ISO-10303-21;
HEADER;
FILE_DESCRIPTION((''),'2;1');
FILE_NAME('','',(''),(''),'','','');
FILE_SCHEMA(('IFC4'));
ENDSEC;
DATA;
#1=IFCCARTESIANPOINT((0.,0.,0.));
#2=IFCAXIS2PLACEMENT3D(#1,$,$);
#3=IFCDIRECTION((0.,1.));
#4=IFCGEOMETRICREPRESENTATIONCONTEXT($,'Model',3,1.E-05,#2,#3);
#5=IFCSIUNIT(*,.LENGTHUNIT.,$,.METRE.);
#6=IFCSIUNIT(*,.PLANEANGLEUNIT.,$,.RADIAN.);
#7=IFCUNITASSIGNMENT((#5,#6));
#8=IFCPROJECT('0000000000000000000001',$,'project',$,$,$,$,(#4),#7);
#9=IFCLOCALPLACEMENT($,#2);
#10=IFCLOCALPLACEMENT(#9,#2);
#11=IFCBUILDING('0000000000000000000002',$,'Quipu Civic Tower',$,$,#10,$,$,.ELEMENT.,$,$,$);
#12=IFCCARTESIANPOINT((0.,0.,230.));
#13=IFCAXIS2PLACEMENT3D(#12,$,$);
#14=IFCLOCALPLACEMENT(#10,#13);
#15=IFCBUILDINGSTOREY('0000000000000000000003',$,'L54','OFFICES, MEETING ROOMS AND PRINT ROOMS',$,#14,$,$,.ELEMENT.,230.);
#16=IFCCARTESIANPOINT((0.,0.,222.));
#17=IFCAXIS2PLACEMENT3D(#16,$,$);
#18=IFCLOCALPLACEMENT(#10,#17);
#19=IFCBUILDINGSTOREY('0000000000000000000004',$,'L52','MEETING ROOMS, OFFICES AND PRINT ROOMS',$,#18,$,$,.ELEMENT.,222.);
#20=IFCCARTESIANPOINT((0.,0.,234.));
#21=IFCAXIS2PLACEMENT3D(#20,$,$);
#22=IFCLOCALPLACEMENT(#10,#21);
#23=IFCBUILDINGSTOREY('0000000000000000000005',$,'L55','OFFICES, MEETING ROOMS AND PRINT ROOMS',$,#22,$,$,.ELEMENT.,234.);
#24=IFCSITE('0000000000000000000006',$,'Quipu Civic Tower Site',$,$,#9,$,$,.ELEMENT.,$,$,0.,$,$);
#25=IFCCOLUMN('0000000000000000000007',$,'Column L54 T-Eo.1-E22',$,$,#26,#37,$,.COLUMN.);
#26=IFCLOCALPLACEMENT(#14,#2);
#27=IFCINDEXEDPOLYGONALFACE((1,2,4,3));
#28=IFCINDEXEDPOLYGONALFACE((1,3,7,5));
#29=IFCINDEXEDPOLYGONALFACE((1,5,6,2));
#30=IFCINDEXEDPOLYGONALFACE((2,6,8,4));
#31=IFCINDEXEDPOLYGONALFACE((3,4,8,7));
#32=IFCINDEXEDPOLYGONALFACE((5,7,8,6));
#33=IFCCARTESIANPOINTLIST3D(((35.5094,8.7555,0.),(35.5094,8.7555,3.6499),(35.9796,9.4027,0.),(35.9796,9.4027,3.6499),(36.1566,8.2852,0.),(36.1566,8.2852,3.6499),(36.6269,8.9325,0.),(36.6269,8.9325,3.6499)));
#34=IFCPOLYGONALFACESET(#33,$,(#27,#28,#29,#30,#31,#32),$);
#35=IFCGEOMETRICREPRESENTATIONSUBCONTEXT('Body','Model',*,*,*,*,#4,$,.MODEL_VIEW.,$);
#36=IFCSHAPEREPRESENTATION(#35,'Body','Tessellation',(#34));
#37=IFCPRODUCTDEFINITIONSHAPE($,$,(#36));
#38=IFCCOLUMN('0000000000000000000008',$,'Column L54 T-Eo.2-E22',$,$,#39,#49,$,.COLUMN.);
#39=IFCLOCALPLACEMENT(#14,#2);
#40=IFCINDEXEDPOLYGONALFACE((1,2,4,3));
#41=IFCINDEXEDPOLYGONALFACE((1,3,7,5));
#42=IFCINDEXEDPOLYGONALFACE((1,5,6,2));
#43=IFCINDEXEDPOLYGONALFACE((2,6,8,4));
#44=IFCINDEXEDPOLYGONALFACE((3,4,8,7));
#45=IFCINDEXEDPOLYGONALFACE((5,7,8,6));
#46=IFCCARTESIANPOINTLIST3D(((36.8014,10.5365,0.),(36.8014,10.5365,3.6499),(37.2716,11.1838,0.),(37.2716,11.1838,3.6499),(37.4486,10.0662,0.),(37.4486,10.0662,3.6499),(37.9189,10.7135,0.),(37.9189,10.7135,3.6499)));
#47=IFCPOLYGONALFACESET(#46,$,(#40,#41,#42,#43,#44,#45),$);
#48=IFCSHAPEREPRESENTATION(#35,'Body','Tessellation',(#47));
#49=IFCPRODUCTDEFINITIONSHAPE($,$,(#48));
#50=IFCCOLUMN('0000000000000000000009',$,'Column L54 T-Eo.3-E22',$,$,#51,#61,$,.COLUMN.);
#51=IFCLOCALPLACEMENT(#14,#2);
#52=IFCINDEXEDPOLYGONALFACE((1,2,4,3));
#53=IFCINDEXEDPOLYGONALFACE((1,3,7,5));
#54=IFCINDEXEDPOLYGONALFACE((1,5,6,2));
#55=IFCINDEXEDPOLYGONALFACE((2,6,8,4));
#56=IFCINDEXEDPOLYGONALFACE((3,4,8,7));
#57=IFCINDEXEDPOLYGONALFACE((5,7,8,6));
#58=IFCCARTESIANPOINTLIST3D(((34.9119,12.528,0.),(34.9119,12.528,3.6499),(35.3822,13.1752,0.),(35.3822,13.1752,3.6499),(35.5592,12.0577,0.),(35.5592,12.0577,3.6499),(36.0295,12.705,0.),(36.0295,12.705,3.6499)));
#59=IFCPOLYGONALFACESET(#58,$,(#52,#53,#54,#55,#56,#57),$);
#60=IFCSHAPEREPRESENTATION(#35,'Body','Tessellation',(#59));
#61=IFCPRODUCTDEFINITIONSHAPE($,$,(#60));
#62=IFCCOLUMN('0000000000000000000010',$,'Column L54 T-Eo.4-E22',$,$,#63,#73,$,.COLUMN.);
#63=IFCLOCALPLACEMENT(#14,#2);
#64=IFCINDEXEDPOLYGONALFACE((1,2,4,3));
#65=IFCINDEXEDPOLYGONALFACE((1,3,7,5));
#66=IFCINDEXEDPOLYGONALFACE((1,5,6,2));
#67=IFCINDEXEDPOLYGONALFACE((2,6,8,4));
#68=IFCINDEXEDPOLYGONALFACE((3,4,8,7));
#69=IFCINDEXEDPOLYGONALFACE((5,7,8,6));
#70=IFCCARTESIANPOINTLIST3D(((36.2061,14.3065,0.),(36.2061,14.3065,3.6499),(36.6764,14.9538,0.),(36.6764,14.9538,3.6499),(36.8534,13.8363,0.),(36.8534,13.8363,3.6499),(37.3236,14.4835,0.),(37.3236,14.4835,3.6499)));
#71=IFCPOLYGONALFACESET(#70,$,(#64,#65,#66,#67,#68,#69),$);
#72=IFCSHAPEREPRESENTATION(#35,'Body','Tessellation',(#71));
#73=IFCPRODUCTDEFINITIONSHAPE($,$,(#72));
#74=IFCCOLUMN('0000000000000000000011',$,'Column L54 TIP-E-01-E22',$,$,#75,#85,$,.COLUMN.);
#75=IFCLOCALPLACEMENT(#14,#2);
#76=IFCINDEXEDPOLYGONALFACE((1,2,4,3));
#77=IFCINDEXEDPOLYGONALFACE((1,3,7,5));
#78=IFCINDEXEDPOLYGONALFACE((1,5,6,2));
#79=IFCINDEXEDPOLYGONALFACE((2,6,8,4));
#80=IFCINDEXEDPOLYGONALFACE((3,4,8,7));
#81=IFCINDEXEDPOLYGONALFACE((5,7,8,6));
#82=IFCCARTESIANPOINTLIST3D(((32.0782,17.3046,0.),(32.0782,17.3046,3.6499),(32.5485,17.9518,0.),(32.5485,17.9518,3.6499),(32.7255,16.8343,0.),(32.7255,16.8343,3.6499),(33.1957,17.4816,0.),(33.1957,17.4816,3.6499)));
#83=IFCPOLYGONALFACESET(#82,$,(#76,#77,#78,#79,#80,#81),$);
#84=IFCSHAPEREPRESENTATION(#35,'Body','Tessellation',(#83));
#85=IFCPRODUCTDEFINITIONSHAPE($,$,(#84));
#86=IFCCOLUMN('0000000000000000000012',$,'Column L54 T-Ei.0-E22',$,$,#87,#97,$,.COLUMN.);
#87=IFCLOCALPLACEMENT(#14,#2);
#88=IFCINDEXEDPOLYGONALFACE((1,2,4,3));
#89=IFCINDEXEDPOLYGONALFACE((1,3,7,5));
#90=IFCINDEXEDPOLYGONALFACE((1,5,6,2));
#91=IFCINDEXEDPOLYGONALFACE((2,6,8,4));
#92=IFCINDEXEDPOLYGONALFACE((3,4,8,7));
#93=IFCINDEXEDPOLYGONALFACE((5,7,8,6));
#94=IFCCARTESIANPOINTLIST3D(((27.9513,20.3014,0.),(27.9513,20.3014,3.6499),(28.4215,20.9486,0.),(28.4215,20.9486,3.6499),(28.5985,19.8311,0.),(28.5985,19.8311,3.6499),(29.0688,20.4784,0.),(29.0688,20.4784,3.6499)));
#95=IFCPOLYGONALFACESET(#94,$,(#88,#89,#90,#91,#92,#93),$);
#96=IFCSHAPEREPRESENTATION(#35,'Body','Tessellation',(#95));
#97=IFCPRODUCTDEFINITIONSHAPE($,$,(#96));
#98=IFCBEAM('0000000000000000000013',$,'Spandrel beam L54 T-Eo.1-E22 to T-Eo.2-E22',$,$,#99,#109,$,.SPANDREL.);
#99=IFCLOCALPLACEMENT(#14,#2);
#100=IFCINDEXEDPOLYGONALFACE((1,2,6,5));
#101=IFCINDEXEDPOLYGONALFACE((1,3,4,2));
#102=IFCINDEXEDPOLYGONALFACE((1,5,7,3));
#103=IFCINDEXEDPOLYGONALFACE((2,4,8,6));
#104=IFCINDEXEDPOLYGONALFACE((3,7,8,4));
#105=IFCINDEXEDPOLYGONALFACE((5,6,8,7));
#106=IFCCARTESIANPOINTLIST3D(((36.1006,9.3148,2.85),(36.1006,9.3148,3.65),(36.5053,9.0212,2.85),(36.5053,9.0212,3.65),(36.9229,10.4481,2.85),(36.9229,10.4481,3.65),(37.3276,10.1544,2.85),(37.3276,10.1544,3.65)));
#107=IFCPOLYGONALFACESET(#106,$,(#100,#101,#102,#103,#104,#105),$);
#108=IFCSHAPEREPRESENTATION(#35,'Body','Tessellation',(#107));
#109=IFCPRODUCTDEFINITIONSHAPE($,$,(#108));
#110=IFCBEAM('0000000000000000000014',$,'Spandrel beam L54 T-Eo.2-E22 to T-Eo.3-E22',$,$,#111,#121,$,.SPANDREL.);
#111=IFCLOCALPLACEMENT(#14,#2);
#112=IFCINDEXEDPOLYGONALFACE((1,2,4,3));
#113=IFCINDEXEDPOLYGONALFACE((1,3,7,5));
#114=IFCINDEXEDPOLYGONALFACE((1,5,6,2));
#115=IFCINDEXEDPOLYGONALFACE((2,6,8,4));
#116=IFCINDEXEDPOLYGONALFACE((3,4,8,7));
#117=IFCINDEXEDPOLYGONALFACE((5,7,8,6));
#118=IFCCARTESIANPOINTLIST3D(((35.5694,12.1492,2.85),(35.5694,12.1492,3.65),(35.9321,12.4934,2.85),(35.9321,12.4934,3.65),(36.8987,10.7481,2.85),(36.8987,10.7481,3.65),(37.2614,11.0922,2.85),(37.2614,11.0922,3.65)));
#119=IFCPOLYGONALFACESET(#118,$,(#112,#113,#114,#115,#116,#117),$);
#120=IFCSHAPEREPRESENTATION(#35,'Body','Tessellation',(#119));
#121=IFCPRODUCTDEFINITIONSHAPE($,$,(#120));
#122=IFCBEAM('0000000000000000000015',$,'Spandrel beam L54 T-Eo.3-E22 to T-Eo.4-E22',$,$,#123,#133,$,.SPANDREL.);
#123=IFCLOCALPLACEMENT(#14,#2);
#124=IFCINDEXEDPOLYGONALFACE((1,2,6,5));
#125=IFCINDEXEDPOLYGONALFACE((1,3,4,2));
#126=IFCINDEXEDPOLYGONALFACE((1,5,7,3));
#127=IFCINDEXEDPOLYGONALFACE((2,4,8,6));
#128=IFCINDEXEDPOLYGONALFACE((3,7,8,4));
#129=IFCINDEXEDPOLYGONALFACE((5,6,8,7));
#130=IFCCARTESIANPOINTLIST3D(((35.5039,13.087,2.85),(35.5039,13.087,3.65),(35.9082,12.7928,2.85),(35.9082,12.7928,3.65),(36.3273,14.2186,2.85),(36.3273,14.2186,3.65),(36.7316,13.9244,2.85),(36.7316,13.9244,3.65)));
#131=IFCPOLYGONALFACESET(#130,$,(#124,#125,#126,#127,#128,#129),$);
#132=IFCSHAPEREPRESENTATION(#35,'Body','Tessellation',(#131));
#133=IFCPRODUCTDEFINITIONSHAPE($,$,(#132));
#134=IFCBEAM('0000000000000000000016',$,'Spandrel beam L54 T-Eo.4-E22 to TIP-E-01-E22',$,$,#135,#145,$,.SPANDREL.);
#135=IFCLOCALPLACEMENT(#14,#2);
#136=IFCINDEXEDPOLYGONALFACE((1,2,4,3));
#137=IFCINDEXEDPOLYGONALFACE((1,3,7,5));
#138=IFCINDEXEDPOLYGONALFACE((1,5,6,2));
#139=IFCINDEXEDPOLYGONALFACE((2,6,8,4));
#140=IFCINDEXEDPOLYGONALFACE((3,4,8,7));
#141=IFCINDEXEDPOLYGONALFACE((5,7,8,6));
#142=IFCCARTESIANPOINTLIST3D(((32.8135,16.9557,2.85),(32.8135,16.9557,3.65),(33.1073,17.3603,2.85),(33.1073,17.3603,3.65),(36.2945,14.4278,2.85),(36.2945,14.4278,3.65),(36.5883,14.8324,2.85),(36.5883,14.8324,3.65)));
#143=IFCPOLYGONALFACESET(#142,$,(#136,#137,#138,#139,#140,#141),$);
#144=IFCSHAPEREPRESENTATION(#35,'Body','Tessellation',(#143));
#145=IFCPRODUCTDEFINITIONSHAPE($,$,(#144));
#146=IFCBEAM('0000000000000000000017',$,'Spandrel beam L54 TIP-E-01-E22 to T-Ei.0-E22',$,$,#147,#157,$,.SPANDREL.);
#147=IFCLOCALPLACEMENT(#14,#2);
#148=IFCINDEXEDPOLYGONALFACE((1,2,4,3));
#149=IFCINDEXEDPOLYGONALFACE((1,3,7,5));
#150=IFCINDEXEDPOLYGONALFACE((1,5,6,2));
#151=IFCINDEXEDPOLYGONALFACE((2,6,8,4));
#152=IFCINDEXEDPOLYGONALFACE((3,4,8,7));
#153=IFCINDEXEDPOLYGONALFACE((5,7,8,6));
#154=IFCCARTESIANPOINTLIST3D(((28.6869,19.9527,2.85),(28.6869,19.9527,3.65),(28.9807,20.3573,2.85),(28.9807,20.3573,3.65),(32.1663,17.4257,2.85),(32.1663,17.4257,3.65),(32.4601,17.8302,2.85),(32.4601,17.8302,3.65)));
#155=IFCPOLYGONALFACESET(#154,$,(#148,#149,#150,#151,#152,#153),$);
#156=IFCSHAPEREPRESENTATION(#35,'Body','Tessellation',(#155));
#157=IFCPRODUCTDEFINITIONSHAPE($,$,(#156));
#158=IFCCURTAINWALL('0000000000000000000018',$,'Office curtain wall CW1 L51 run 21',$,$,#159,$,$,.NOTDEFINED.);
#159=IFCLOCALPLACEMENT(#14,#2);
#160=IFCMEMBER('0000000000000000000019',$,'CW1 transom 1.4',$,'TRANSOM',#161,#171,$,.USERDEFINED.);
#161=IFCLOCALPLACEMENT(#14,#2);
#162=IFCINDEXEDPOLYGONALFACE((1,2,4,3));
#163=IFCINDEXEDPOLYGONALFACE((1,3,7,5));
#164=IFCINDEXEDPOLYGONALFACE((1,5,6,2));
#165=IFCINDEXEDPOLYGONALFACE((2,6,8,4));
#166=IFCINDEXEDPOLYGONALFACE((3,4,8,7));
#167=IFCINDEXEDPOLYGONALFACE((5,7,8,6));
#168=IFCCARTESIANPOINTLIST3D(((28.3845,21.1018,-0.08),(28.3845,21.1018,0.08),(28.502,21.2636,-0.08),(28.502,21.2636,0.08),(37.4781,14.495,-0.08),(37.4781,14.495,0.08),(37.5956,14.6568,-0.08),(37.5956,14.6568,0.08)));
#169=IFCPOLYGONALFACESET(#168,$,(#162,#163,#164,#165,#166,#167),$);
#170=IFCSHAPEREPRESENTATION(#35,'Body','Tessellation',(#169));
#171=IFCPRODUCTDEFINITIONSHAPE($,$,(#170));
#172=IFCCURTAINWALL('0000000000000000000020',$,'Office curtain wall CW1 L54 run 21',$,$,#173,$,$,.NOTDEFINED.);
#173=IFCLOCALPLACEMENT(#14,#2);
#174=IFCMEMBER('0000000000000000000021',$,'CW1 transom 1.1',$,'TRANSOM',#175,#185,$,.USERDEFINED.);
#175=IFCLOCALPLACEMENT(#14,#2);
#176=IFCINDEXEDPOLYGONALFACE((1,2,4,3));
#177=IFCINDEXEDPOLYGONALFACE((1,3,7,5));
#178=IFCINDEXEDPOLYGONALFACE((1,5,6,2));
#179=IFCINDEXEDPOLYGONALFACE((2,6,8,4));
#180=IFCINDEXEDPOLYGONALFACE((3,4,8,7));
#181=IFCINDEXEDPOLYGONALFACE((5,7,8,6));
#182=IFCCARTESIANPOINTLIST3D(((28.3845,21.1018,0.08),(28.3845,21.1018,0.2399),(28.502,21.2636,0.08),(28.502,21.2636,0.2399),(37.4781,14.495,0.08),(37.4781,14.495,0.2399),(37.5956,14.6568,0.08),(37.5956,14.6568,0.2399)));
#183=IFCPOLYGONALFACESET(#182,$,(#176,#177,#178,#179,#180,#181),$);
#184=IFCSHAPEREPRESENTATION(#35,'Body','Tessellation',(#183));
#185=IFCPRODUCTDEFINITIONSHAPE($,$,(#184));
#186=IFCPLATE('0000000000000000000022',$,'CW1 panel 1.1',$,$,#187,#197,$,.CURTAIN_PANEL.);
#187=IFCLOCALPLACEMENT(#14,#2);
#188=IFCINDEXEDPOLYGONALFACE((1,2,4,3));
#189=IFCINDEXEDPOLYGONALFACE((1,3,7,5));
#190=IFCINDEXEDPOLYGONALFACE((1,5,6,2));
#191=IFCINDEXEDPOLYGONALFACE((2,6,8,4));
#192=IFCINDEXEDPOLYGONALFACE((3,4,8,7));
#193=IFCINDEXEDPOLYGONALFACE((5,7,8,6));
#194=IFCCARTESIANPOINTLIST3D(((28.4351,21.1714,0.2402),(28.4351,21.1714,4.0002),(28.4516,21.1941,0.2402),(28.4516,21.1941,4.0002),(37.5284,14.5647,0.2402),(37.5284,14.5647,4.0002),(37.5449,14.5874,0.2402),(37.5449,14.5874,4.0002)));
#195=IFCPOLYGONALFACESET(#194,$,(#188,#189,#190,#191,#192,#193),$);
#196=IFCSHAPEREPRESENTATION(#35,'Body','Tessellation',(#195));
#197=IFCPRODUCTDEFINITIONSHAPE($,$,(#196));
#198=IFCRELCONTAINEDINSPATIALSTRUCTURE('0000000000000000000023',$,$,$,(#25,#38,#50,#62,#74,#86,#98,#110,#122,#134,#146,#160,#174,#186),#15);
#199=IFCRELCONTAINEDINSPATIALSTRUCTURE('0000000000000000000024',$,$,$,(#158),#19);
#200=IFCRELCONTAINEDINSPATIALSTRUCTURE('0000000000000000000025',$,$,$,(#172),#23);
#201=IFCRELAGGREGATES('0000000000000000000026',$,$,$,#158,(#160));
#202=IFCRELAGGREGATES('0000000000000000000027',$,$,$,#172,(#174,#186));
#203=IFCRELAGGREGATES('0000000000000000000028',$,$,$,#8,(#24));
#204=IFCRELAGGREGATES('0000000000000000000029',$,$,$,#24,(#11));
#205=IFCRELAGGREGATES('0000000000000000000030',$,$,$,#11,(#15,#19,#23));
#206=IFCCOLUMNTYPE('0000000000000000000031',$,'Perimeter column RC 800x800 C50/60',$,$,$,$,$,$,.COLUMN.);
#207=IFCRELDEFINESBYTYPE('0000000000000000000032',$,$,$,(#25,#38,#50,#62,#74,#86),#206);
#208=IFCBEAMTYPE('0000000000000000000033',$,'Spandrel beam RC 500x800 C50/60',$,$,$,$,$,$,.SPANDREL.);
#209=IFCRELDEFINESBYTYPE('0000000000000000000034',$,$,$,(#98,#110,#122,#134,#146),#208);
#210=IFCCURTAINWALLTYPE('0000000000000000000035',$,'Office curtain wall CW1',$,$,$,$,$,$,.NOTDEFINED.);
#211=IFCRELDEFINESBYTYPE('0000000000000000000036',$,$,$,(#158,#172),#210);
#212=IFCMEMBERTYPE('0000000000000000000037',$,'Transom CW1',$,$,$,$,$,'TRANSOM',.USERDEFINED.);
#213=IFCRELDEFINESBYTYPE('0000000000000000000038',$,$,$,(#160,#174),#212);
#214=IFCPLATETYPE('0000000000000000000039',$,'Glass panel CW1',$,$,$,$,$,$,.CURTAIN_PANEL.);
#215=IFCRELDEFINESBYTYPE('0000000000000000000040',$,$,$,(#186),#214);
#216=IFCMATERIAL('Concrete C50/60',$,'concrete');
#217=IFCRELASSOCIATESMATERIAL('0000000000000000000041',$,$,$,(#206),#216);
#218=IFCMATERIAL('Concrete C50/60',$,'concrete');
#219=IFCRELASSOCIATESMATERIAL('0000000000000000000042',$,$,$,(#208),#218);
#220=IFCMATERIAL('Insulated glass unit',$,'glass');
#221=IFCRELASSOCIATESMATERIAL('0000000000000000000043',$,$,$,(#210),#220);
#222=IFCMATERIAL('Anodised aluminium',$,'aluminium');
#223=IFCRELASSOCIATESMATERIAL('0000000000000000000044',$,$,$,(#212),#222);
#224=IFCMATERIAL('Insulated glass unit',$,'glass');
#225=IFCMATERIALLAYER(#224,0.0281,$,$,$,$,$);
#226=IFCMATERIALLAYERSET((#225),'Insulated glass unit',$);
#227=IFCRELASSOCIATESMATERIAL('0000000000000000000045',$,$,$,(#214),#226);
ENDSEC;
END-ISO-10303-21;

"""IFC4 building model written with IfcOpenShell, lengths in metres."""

from ifc_helpers import new_model, si_unit, direction, frame, origin, origin_2d, place, context, subcontext, project, spatial, rectangle, extrude, material, layer, layer_set, material_profile, profile_set, type_object, element, aggregate, save


model = new_model("IFC4")

# Units and contexts
model_context = context("Model", 3, precision=1e-05, world=origin(), true_north=direction((0.0, 1.0)))
body_context = subcontext(model_context, "Body", "Model", "MODEL_VIEW")
ifc_project = project(units=[si_unit("LENGTHUNIT", "METRE"), si_unit("PLANEANGLEUNIT", "RADIAN")], contexts=[model_context])

# Site, building, storey
site_placement = place(None, origin())
site = spatial("IfcSite", under=ifc_project, at=site_placement, Name="Quipu Civic Tower Site", CompositionType="ELEMENT", RefElevation=0.0)
building_placement = place(site_placement, origin())
building = spatial("IfcBuilding", under=site, at=building_placement, Name="Quipu Civic Tower", CompositionType="ELEMENT")
storey_1_placement = place(building_placement, frame((0.0, 0.0, 230.0)))
storey_1 = spatial("IfcBuildingStorey", under=building, at=storey_1_placement, Name="L54", Description="OFFICES, MEETING ROOMS AND PRINT ROOMS", CompositionType="ELEMENT", Elevation=230.0)

# Columns
ifc_material_1 = material(Name="Concrete C50/60", Category="concrete")
ifc_material_profile_1 = material_profile(ifc_material_1, rectangle(XDim=0.8, YDim=0.8, at=origin_2d()), Name="RC800x800")
ifc_profile_set_1 = profile_set([ifc_material_profile_1], Name="Concrete C50/60")
column_type = type_object("IfcColumnType", Name="Perimeter column RC 800x800 C50/60", PredefinedType="COLUMN", material=ifc_profile_set_1)
for number, where, z_axis, x_axis, name in (
    (1, (36.0681, 8.844, 0.0), (0.0, 0.0, 1.0), (0.587785, 0.809017, 0.0), "Column L54 T-Eo.1-E22"),
    (2, (37.3601, 10.625, 0.0), (0.0, 0.0, 1.0), (0.587785, 0.809017, 0.0), "Column L54 T-Eo.2-E22"),
    (3, (35.4707, 12.6165, 0.0), (0.0, 0.0, 1.0), (-0.809017, 0.587785, 0.0), "Column L54 T-Eo.3-E22"),
    (4, (36.7649, 14.395, 0.0), (0.0, 0.0, 1.0), (-0.809017, 0.587785, 0.0), "Column L54 T-Eo.4-E22"),
    (5, (32.637, 17.3931, 0.0), (0.0, 0.0, 1.0), (-0.809017, 0.587785, 0.0), "Column L54 TIP-E-01-E22"),
    (6, (28.51, 20.3899, 0.0), (0.0, 0.0, 1.0), (-0.587785, -0.809017, 0.0), "Column L54 T-Ei.0-E22"),
):
    element("IfcColumn", number, at=place(storey_1_placement, frame(where, z_axis=z_axis, x_axis=x_axis)), inside=storey_1, type_object=column_type, Name=name, PredefinedType="COLUMN", context=body_context, shape_type="SweptSolid", body=[
        extrude(rectangle(XDim=0.8, YDim=0.8, at=origin_2d()), origin(), (0.0, 0.0, 1.0), 3.6499),
    ])

# Beams
ifc_material_2 = material(Name="Concrete C50/60", Category="concrete")
ifc_material_profile_2 = material_profile(ifc_material_2, rectangle(XDim=0.5, YDim=0.8, at=origin_2d()), Name="RC500x800")
ifc_profile_set_2 = profile_set([ifc_material_profile_2], Name="Concrete C50/60")
beam_type = type_object("IfcBeamType", Name="Spandrel beam RC 500x800 C50/60", PredefinedType="SPANDREL", material=ifc_profile_set_2)
beam_1_placement = place(storey_1_placement, frame((36.303, 9.168, 3.25), z_axis=(0.587259, 0.809399, 0.0), x_axis=(-0.809399, 0.587259, 0.0)))
element("IfcBeam", 7, at=beam_1_placement, inside=storey_1, type_object=beam_type, Name="Spandrel beam L54 T-Eo.1-E22 to T-Eo.2-E22", PredefinedType="SPANDREL", context=body_context, shape_type="SweptSolid", body=[
    extrude(rectangle(XDim=0.5, YDim=0.8, at=origin_2d()), origin(), (0.0, 0.0, 1.0), 1.4001),
])
beam_2_placement = place(storey_1_placement, frame((37.0801, 10.9202, 3.25), z_axis=(-0.688281, 0.725444, 0.0), x_axis=(-0.725444, -0.688281, 0.0)))
element("IfcBeam", 8, at=beam_2_placement, inside=storey_1, type_object=beam_type, Name="Spandrel beam L54 T-Eo.2-E22 to T-Eo.3-E22", PredefinedType="SPANDREL", context=body_context, shape_type="SweptSolid", body=[
    extrude(rectangle(XDim=0.5, YDim=0.8, at=origin_2d()), origin(), (0.0, 0.0, 1.0), 1.9314),
])
beam_3_placement = place(storey_1_placement, frame((35.7061, 12.9399, 3.25), z_axis=(0.58841, 0.808563, 0.0), x_axis=(-0.808563, 0.58841, 0.0)))
element("IfcBeam", 9, at=beam_3_placement, inside=storey_1, type_object=beam_type, Name="Spandrel beam L54 T-Eo.3-E22 to T-Eo.4-E22", PredefinedType="SPANDREL", context=body_context, shape_type="SweptSolid", body=[
    extrude(rectangle(XDim=0.5, YDim=0.8, at=origin_2d()), origin(), (0.0, 0.0, 1.0), 1.3994),
])
beam_4_placement = place(storey_1_placement, frame((36.4414, 14.6301, 3.25), z_axis=(-0.809153, 0.587598, 0.0), x_axis=(-0.587598, -0.809153, 0.0)))
element("IfcBeam", 10, at=beam_4_placement, inside=storey_1, type_object=beam_type, Name="Spandrel beam L54 T-Eo.4-E22 to TIP-E-01-E22", PredefinedType="SPANDREL", context=body_context, shape_type="SweptSolid", body=[
    extrude(rectangle(XDim=0.5, YDim=0.8, at=origin_2d()), origin(), (0.0, 0.0, 1.0), 4.302),
])
beam_5_placement = place(storey_1_placement, frame((32.3132, 17.6279, 3.25), z_axis=(-0.809116, 0.587648, 0.0), x_axis=(-0.587648, -0.809116, 0.0)))
element("IfcBeam", 11, at=beam_5_placement, inside=storey_1, type_object=beam_type, Name="Spandrel beam L54 TIP-E-01-E22 to T-Ei.0-E22", PredefinedType="SPANDREL", context=body_context, shape_type="SweptSolid", body=[
    extrude(rectangle(XDim=0.5, YDim=0.8, at=origin_2d()), origin(), (0.0, 0.0, 1.0), 4.3003),
])

# Shared definitions
storey_2_placement = place(building_placement, frame((0.0, 0.0, 222.0)))
storey_2 = spatial("IfcBuildingStorey", under=building, at=storey_2_placement, Name="L52", Description="MEETING ROOMS, OFFICES AND PRINT ROOMS", CompositionType="ELEMENT", Elevation=222.0)

# Curtain wall, member
ifc_material_3 = material(Name="Insulated glass unit", Category="glass")
curtain_wall_type = type_object("IfcCurtainWallType", Name="Office curtain wall CW1", PredefinedType="NOTDEFINED", material=ifc_material_3)
curtain_wall_1_placement = place(storey_2_placement, origin())
curtain_wall_1 = element("IfcCurtainWall", 12, at=curtain_wall_1_placement, inside=storey_2, type_object=curtain_wall_type, Name="Office curtain wall CW1 L51 run 21", PredefinedType="NOTDEFINED")
ifc_material_4 = material(Name="Anodised aluminium", Category="aluminium")
ifc_material_profile_3 = material_profile(ifc_material_4, rectangle(XDim=0.2, YDim=0.1599, at=origin_2d()), Name="RECT 200x160")
ifc_profile_set_3 = profile_set([ifc_material_profile_3], Name="Anodised aluminium")
member_type = type_object("IfcMemberType", Name="Transom CW1", ElementType="TRANSOM", PredefinedType="USERDEFINED", material=ifc_profile_set_3)
member_1_placement = place(storey_1_placement, frame((37.5369, 14.5759, 0.0), z_axis=(-0.809022, 0.587778, 0.0), x_axis=(-0.587778, -0.809022, 0.0)))
member_1 = element("IfcMember", 13, at=member_1_placement, inside=storey_1, type_object=member_type, Name="CW1 transom 1.4", ObjectType="TRANSOM", PredefinedType="USERDEFINED", context=body_context, shape_type="SweptSolid", body=[
    extrude(rectangle(XDim=0.2, YDim=0.1599, at=origin_2d()), origin(), (0.0, 0.0, 1.0), 11.2402),
])
aggregate(curtain_wall_1, [member_1])

# Shared definitions
storey_3_placement = place(building_placement, frame((0.0, 0.0, 234.0)))
storey_3 = spatial("IfcBuildingStorey", under=building, at=storey_3_placement, Name="L55", Description="OFFICES, MEETING ROOMS AND PRINT ROOMS", CompositionType="ELEMENT", Elevation=234.0)

# Curtain wall, member, plate
curtain_wall_2_placement = place(storey_3_placement, origin())
curtain_wall_2 = element("IfcCurtainWall", 14, at=curtain_wall_2_placement, inside=storey_3, type_object=curtain_wall_type, Name="Office curtain wall CW1 L54 run 21", PredefinedType="NOTDEFINED")
member_2_placement = place(storey_1_placement, frame((37.5369, 14.5759, 0.1599), z_axis=(-0.809022, 0.587778, 0.0), x_axis=(-0.587778, -0.809022, 0.0)))
member_2 = element("IfcMember", 15, at=member_2_placement, inside=storey_1, type_object=member_type, Name="CW1 transom 1.1", ObjectType="TRANSOM", PredefinedType="USERDEFINED", context=body_context, shape_type="SweptSolid", body=[
    extrude(rectangle(XDim=0.2, YDim=0.1599, at=origin_2d()), origin(), (0.0, 0.0, 1.0), 11.2402),
])
ifc_material_5 = material(Name="Insulated glass unit", Category="glass")
ifc_layer = layer(ifc_material_5, 0.0281)
ifc_layer_set = layer_set([ifc_layer], Name="Insulated glass unit")
plate_type_1 = type_object("IfcPlateType", Name="Glass panel CW1", PredefinedType="CURTAIN_PANEL", material=ifc_layer_set)
plate_placement = place(storey_1_placement, frame((32.99, 17.8794, 0.2402), z_axis=(0.0, 0.0, 1.0), x_axis=(-0.809015, 0.587788, 0.0)))
plate = element("IfcPlate", 16, at=plate_placement, inside=storey_1, type_object=plate_type_1, Name="CW1 panel 1.1", PredefinedType="CURTAIN_PANEL", context=body_context, shape_type="SweptSolid", body=[
    extrude(rectangle(XDim=11.24, YDim=0.0281, at=origin_2d()), origin(), (0.0, 0.0, 1.0), 3.76),
])
aggregate(curtain_wall_2, [member_2, plate])

save(model, "model.ifc")
